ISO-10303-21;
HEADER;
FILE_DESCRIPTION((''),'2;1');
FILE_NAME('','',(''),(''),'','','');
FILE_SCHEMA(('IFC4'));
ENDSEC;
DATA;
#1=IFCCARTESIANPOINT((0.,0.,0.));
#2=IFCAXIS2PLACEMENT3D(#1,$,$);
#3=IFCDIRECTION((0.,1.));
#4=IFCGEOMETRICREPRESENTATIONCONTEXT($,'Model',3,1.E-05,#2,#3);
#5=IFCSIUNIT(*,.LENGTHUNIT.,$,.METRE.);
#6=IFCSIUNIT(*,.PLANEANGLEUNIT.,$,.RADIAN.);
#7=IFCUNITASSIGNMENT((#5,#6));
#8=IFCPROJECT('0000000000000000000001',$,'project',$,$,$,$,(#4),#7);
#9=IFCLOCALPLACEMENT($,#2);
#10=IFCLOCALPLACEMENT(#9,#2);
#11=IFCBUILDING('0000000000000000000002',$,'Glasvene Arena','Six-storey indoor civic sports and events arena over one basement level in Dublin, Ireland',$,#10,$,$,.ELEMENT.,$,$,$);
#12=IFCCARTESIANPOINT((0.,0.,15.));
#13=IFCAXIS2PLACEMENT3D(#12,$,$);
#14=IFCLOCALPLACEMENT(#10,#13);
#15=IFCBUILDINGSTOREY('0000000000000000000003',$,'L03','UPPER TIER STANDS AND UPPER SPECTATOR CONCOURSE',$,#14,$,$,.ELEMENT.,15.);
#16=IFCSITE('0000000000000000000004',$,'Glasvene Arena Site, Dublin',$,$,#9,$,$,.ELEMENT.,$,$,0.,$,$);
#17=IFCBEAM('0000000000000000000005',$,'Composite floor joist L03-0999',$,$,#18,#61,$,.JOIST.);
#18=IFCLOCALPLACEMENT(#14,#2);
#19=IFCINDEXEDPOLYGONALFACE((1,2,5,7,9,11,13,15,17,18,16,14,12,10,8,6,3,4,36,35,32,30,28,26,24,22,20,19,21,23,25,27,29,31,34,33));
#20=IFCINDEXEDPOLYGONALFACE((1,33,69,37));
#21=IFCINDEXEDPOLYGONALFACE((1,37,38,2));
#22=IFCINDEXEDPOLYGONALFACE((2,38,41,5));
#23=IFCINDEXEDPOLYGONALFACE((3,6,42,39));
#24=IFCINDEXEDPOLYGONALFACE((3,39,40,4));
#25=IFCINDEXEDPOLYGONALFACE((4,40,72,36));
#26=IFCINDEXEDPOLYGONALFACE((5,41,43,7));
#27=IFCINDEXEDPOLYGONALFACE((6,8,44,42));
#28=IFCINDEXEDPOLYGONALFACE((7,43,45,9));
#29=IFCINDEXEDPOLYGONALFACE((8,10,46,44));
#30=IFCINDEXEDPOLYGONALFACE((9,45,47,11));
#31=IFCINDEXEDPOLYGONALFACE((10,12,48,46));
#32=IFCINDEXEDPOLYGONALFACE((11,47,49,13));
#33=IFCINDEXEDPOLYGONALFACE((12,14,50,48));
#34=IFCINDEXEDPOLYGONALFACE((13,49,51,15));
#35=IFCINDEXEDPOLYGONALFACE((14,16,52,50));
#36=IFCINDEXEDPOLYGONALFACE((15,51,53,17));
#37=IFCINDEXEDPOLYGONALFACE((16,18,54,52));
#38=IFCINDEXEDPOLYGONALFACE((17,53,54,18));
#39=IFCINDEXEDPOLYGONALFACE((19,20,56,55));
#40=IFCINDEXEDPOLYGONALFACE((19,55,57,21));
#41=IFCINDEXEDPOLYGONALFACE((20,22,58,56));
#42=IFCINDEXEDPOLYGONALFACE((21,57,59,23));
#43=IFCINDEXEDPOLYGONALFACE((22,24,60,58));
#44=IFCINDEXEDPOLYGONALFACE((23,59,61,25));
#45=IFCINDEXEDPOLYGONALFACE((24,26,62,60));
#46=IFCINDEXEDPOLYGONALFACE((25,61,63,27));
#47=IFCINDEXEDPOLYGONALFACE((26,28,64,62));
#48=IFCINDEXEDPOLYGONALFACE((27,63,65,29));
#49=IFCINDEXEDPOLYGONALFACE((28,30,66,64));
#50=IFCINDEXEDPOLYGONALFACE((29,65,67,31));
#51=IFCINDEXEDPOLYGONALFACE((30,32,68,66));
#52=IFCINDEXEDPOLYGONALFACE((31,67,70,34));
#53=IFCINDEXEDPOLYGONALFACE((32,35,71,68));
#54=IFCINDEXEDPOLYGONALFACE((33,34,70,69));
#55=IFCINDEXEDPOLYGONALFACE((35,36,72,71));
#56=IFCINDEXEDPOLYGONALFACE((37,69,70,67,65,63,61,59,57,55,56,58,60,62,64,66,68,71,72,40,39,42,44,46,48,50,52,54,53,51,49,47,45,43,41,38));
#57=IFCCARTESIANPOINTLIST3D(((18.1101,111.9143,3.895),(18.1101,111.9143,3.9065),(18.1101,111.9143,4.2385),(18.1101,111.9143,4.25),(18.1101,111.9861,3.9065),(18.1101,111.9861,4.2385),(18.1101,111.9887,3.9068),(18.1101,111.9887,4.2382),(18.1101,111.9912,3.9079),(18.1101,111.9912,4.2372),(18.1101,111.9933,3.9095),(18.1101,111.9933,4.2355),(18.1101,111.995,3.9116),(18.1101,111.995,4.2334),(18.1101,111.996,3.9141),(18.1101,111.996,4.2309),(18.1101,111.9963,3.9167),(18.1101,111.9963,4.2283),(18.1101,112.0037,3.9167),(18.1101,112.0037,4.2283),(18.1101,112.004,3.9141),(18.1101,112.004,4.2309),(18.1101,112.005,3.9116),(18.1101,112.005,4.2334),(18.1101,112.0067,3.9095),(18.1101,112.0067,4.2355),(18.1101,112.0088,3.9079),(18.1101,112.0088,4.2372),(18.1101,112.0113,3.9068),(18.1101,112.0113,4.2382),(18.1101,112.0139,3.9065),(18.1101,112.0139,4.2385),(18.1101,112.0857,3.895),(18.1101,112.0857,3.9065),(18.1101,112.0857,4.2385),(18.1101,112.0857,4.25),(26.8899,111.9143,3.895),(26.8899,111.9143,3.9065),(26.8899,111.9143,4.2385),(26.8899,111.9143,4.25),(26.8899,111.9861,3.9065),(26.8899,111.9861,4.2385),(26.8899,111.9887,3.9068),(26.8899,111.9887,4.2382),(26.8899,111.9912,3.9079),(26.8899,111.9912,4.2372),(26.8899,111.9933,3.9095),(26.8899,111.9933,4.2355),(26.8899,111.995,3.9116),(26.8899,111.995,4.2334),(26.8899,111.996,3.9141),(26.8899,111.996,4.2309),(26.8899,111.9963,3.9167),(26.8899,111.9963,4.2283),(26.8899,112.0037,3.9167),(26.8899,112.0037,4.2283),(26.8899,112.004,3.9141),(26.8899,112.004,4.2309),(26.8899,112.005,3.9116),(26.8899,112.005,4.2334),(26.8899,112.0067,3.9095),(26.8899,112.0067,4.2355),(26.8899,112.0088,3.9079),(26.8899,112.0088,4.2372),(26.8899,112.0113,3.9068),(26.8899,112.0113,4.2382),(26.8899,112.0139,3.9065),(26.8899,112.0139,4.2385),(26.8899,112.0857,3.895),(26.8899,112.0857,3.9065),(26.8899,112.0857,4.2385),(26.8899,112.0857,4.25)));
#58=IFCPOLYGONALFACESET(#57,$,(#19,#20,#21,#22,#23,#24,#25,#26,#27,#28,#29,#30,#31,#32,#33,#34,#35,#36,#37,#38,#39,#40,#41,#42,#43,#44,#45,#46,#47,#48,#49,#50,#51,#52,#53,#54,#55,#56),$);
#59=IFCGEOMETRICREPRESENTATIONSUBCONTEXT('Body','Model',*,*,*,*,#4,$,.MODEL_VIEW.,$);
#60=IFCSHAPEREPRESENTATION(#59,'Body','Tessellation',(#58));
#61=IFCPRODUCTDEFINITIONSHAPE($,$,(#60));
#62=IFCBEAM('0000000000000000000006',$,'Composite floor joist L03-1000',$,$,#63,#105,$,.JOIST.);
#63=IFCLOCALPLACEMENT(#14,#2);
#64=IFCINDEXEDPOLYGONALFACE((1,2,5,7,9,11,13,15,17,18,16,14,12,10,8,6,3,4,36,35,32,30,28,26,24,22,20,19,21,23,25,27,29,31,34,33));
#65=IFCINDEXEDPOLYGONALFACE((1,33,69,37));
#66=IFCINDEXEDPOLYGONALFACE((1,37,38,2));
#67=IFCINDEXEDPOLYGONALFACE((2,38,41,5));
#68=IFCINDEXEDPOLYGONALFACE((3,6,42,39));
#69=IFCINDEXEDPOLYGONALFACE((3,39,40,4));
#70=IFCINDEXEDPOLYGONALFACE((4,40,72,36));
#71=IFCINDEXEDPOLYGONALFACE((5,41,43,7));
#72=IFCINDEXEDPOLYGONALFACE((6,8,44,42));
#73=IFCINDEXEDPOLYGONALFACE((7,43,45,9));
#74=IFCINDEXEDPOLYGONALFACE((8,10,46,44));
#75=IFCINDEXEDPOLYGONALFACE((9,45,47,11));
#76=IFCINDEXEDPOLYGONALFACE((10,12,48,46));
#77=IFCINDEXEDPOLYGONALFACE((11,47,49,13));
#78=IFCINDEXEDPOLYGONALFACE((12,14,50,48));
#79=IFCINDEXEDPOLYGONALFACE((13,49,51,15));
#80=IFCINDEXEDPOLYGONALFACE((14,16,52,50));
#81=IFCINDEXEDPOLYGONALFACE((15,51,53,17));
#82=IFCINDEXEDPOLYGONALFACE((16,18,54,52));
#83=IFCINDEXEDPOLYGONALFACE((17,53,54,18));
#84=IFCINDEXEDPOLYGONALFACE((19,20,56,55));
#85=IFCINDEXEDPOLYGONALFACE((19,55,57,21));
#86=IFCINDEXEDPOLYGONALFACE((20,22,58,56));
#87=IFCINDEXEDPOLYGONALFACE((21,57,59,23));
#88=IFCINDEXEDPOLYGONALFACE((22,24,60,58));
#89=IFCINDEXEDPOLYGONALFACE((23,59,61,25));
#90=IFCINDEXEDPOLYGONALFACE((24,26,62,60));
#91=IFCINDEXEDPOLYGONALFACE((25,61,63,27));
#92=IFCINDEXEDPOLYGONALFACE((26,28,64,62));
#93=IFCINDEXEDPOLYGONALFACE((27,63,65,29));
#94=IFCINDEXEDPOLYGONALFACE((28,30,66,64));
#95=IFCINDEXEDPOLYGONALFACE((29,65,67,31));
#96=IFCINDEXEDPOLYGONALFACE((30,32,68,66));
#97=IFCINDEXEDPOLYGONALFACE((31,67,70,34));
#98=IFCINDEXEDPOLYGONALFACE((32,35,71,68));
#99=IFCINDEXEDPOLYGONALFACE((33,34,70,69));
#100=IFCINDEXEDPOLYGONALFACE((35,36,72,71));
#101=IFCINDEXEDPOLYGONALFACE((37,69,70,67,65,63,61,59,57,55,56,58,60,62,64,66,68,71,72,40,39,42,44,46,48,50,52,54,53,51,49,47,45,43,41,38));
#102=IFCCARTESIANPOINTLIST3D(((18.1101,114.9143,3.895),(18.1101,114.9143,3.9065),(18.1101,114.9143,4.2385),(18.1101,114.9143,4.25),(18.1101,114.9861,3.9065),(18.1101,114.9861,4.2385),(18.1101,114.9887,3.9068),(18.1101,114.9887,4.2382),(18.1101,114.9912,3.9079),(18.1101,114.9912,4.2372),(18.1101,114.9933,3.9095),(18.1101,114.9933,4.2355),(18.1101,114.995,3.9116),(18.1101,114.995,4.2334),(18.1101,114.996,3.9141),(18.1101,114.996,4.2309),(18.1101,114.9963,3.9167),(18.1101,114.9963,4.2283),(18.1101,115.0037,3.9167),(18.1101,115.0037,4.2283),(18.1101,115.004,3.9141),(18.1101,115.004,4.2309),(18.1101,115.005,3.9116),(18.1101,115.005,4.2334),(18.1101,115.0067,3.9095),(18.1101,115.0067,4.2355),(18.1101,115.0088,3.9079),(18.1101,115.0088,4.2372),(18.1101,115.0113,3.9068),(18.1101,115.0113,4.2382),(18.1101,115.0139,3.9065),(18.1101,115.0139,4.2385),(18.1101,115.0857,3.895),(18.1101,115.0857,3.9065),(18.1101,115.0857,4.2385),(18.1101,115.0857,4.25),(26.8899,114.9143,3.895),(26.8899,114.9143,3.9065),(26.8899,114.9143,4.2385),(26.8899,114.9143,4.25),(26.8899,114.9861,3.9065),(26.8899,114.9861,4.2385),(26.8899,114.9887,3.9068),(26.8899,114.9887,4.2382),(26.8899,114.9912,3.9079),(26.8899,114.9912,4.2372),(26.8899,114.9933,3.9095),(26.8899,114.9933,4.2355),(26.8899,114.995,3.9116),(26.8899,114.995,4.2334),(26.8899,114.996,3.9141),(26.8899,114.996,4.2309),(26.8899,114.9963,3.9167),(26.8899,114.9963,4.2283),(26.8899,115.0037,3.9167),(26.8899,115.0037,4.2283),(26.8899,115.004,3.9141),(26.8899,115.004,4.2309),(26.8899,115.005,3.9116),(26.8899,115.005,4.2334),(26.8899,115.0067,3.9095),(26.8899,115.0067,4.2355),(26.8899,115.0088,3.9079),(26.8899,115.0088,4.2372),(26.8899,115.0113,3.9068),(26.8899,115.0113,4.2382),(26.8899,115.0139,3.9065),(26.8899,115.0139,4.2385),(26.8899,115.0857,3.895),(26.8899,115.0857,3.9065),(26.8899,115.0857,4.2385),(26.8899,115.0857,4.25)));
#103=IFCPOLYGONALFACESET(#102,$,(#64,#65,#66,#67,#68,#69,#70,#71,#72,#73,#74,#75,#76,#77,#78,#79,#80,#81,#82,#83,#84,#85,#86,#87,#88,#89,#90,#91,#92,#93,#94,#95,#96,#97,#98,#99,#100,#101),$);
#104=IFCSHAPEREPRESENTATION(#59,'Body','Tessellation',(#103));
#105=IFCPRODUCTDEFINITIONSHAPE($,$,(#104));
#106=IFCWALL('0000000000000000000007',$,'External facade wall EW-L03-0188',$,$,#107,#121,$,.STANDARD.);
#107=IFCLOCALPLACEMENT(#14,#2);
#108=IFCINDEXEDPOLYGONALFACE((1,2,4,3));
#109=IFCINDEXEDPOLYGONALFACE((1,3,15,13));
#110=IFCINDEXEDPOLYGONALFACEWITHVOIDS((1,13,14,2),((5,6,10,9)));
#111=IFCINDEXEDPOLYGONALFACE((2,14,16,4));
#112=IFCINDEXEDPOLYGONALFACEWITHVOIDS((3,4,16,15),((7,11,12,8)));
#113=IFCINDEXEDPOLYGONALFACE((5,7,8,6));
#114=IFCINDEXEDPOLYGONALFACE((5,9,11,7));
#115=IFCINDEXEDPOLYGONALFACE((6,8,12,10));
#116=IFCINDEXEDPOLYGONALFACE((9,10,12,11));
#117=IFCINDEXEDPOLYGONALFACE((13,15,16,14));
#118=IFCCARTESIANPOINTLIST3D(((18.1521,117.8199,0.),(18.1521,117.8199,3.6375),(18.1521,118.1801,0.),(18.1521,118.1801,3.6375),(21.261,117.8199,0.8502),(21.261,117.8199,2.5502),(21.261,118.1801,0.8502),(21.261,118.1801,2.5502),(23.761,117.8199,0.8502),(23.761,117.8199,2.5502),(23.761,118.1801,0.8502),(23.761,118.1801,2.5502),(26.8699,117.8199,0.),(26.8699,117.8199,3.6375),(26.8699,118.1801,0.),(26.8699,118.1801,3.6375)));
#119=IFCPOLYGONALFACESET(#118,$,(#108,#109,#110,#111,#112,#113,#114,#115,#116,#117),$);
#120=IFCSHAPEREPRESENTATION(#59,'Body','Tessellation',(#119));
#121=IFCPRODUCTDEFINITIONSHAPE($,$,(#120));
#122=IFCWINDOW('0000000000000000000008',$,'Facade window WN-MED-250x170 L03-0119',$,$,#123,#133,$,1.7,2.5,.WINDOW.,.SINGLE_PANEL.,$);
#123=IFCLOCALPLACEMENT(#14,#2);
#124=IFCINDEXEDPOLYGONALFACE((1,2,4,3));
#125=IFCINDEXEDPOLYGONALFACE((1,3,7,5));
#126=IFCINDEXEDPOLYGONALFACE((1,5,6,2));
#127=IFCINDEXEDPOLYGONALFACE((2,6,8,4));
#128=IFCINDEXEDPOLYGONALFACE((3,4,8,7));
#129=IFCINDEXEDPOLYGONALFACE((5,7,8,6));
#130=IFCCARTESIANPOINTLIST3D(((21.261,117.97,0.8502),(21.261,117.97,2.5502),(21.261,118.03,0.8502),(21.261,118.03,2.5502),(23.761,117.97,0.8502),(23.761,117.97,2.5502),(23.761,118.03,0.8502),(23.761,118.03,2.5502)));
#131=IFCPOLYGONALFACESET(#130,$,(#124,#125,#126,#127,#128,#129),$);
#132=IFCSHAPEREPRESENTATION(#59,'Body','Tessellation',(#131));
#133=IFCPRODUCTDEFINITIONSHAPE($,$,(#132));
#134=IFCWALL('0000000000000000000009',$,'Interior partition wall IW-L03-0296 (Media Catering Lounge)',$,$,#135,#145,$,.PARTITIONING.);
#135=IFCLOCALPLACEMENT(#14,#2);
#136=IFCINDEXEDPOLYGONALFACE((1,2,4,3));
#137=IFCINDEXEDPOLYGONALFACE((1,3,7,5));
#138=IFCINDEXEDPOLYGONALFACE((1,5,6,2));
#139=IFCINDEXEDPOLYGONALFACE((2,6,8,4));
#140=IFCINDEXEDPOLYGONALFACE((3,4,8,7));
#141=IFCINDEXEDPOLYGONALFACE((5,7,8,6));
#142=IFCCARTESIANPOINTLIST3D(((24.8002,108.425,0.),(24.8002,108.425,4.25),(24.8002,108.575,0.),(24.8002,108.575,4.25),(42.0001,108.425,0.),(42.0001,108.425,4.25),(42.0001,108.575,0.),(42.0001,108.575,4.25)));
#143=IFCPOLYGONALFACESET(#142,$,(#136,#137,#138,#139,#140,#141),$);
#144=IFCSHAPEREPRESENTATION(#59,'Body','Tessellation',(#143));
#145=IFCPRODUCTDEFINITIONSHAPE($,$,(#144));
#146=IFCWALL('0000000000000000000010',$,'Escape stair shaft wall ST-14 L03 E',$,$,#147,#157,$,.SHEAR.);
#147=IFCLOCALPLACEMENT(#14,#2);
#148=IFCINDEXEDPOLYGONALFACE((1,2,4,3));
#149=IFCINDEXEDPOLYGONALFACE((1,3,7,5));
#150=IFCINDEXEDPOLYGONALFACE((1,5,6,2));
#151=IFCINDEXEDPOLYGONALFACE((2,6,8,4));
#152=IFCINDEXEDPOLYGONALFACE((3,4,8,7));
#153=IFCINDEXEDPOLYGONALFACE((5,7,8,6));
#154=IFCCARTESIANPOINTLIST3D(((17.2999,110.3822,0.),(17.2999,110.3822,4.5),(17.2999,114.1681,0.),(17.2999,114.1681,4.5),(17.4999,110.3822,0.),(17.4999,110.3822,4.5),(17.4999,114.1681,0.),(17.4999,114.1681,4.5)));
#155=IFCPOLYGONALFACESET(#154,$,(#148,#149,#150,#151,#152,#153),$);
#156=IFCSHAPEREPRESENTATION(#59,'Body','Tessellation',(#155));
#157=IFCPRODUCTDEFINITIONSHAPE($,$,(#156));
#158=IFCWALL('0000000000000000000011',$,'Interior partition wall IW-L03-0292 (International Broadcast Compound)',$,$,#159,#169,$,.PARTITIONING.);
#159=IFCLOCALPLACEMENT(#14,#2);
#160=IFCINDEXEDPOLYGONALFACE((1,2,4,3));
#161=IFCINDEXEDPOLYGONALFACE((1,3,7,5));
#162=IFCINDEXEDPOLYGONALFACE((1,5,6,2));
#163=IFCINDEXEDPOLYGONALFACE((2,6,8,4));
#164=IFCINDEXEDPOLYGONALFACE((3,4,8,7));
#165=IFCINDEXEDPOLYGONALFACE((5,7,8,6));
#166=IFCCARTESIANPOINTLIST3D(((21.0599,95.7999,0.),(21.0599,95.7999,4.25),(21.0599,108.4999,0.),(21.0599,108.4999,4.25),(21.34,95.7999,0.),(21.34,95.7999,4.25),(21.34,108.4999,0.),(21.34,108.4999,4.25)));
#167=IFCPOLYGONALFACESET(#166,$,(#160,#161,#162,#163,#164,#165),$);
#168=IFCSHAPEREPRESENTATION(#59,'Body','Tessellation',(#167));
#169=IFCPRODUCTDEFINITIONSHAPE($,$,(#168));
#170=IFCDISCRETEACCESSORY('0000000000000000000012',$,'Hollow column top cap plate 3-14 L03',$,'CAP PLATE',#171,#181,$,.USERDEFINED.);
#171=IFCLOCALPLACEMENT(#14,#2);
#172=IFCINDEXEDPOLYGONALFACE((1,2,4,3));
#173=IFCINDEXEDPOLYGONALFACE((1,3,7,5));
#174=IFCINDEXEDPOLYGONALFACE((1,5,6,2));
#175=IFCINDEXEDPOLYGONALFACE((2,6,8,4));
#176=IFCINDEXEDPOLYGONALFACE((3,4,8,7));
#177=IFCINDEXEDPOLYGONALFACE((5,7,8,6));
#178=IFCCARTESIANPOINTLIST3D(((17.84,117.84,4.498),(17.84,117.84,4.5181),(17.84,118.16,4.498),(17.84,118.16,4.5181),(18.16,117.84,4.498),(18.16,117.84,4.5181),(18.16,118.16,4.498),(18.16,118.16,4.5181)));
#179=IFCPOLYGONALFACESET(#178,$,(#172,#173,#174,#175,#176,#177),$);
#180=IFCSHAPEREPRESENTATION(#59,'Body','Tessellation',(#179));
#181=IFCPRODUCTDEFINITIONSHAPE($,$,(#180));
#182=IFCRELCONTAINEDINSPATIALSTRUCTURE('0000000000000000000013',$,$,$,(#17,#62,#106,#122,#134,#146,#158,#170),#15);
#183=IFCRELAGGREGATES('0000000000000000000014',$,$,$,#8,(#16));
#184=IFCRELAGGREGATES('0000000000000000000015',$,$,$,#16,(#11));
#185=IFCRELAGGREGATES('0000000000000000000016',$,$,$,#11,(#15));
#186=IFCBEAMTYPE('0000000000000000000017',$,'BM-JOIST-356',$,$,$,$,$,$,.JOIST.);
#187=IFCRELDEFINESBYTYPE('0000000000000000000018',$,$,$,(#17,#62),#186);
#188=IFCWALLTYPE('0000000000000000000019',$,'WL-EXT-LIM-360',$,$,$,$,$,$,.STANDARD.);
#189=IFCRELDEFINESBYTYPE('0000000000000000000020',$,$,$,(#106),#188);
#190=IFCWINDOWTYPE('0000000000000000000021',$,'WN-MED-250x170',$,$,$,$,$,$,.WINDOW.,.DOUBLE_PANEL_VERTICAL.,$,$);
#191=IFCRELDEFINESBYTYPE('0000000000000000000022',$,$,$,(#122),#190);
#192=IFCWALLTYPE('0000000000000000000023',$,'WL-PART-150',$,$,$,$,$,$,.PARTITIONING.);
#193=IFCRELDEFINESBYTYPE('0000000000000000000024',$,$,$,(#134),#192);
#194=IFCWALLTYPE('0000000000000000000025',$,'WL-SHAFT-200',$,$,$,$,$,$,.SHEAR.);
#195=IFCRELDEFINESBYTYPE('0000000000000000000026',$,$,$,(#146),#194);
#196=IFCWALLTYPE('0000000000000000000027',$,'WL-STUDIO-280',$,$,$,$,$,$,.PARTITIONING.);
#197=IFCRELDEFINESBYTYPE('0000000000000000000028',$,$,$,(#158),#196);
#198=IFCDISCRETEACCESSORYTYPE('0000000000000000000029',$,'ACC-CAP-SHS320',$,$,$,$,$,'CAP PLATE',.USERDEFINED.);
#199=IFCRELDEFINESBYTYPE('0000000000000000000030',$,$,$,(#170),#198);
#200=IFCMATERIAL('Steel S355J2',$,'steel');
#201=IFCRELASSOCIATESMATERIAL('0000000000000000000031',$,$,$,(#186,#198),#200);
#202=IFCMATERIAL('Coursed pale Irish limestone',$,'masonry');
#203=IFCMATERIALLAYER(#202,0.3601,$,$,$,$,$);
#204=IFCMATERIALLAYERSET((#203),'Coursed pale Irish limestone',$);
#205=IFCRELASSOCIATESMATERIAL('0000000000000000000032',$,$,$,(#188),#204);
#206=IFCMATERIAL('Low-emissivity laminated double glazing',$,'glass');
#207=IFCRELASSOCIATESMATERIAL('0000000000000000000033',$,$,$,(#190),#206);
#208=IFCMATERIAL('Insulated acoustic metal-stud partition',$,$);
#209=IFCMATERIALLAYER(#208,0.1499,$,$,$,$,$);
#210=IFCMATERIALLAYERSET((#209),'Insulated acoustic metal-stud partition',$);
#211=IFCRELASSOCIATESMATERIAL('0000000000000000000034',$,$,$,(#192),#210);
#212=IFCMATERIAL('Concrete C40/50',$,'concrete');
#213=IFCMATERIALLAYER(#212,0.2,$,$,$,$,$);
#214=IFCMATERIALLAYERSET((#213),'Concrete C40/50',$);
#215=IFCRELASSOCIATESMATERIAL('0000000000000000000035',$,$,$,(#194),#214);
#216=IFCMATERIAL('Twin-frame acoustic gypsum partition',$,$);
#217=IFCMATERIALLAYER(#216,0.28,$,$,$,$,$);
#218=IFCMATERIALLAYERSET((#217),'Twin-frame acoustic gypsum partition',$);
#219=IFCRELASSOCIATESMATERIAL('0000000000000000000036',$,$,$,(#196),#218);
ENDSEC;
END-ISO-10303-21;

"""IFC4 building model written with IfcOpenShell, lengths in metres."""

from ifc_helpers import new_model, si_unit, direction, frame, frame_2d, origin, origin_2d, place, context, subcontext, project, spatial, rectangle, i_section, extrude, material, layer, layer_set, material_profile, profile_set, type_object, element, fill, save


model = new_model("IFC4")

# Units and contexts
model_context = context("Model", 3, precision=1e-05, world=origin(), true_north=direction((0.0, 1.0)))
body_context = subcontext(model_context, "Body", "Model", "MODEL_VIEW")
ifc_project = project(units=[si_unit("LENGTHUNIT", "METRE"), si_unit("PLANEANGLEUNIT", "RADIAN")], contexts=[model_context])

# Site, building, storey
site_placement = place(None, origin())
site = spatial("IfcSite", under=ifc_project, at=site_placement, Name="Glasvene Arena Site, Dublin", CompositionType="ELEMENT", RefElevation=0.0)
building_placement = place(site_placement, origin())
building = spatial("IfcBuilding", under=site, at=building_placement, Name="Glasvene Arena", Description="Six-storey indoor civic sports and events arena over one basement level in Dublin, Ireland", CompositionType="ELEMENT")
storey_placement = place(building_placement, frame((0.0, 0.0, 15.0)))
storey = spatial("IfcBuildingStorey", under=building, at=storey_placement, Name="L03", Description="UPPER TIER STANDS AND UPPER SPECTATOR CONCOURSE", CompositionType="ELEMENT", Elevation=15.0)

# Shared definitions
ifc_material_1 = material(Name="Steel S355J2", Category="steel")

# Beams
ifc_material_profile_1 = material_profile(ifc_material_1, i_section(OverallWidth=0.1714, OverallDepth=0.355, WebThickness=0.0073, FlangeThickness=0.0115, FilletRadius=0.0103, at=origin_2d()), Name="UKB 356x171x51")
ifc_profile_set_1 = profile_set([ifc_material_profile_1], Name="Steel S355J2")
beam_type_1 = type_object("IfcBeamType", Name="BM-JOIST-356", PredefinedType="JOIST", material=ifc_profile_set_1)
for number, where, z_axis, x_axis, name in (
    (1, (18.1101, 112.0, 4.0725), (1.0, 0.0, 0.0), (0.0, 1.0, 0.0), "Composite floor joist L03-0999"),
    (2, (18.1101, 115.0, 4.0725), (1.0, 0.0, 0.0), (0.0, 1.0, 0.0), "Composite floor joist L03-1000"),
):
    element("IfcBeam", number, at=place(storey_placement, frame(where, z_axis=z_axis, x_axis=x_axis)), inside=storey, type_object=beam_type_1, Name=name, PredefinedType="JOIST", context=body_context, shape_type="SweptSolid", body=[
        extrude(i_section(OverallWidth=0.1714, OverallDepth=0.355, WebThickness=0.0073, FlangeThickness=0.0115, FilletRadius=0.0103, at=origin_2d()), origin(), (0.0, 0.0, 1.0), 8.7798),
    ])

# Shared definitions
ifc_material_2 = material(Name="Concrete C40/50", Category="concrete")

# Wall, opening, window
ifc_material_3 = material(Name="Coursed pale Irish limestone", Category="masonry")
ifc_layer_1 = layer(ifc_material_3, 0.3601)
ifc_layer_set_1 = layer_set([ifc_layer_1], Name="Coursed pale Irish limestone")
wall_type_1 = type_object("IfcWallType", Name="WL-EXT-LIM-360", PredefinedType="STANDARD", material=ifc_layer_set_1)
wall_1_placement = place(storey_placement, frame((18.1521, 118.0, 0.0), z_axis=(0.0, 0.0, 1.0), x_axis=(1.0, 0.0, 0.0)))
wall_1 = element("IfcWall", 3, at=wall_1_placement, inside=storey, type_object=wall_type_1, Name="External facade wall EW-L03-0188", PredefinedType="STANDARD", context=body_context, shape_type="SweptSolid", body=[
    extrude(rectangle(XDim=8.7178, YDim=0.3601, at=frame_2d((4.3589, 0.0))), origin(), (0.0, 0.0, 1.0), 3.6375),
])
opening_placement = place(wall_1_placement, frame((3.1089, 0.0, 0.8501)))
opening = element("IfcOpeningElement", 4, at=opening_placement, cuts=wall_1, PredefinedType="OPENING", context=body_context, shape_type="SweptSolid", body=[
    extrude(rectangle(XDim=2.5, YDim=1.7, at=frame_2d((1.25, 0.8501))), frame((0.0, 0.1899, 0.0), z_axis=(0.0, -1.0, 0.0), x_axis=(1.0, 0.0, 0.0)), (0.0, 0.0, 1.0), 0.3801),
])
ifc_material_4 = material(Name="Low-emissivity laminated double glazing", Category="glass")
window_type = type_object("IfcWindowType", Name="WN-MED-250x170", PartitioningType="DOUBLE_PANEL_VERTICAL", PredefinedType="WINDOW", material=ifc_material_4)
window_placement = place(opening_placement, origin())
window = element("IfcWindow", 5, at=window_placement, inside=storey, type_object=window_type, Name="Facade window WN-MED-250x170 L03-0119", OverallHeight=1.7, OverallWidth=2.5, PartitioningType="SINGLE_PANEL", PredefinedType="WINDOW", context=body_context, shape_type="SweptSolid", body=[
    extrude(rectangle(XDim=2.5, YDim=1.7, at=frame_2d((1.25, 0.8501))), frame((0.0, 0.03, 0.0), z_axis=(0.0, -1.0, 0.0), x_axis=(1.0, 0.0, 0.0)), (0.0, 0.0, 1.0), 0.0601),
])
fill(opening, window)

# Walls
ifc_material_5 = material(Name="Insulated acoustic metal-stud partition")
ifc_layer_2 = layer(ifc_material_5, 0.1499)
ifc_layer_set_2 = layer_set([ifc_layer_2], Name="Insulated acoustic metal-stud partition")
wall_type_2 = type_object("IfcWallType", Name="WL-PART-150", PredefinedType="PARTITIONING", material=ifc_layer_set_2)
wall_2_placement = place(storey_placement, frame((24.8, 108.5, 0.0), z_axis=(0.0, 0.0, 1.0), x_axis=(1.0, 0.0, 0.0)))
element("IfcWall", 6, at=wall_2_placement, inside=storey, type_object=wall_type_2, Name="Interior partition wall IW-L03-0296 (Media Catering Lounge)", PredefinedType="PARTITIONING", context=body_context, shape_type="SweptSolid", body=[
    extrude(rectangle(XDim=17.2, YDim=0.1499, at=frame_2d((8.6001, 0.0))), origin(), (0.0, 0.0, 1.0), 4.25),
])
ifc_layer_3 = layer(ifc_material_2, 0.2)
ifc_layer_set_3 = layer_set([ifc_layer_3], Name="Concrete C40/50")
wall_type_3 = type_object("IfcWallType", Name="WL-SHAFT-200", PredefinedType="SHEAR", material=ifc_layer_set_3)
wall_3_placement = place(storey_placement, frame((17.3999, 110.3821, 0.0), z_axis=(0.0, 0.0, 1.0), x_axis=(0.0, 1.0, 0.0)))
element("IfcWall", 7, at=wall_3_placement, inside=storey, type_object=wall_type_3, Name="Escape stair shaft wall ST-14 L03 E", PredefinedType="SHEAR", context=body_context, shape_type="SweptSolid", body=[
    extrude(rectangle(XDim=3.7859, YDim=0.2, at=frame_2d((1.8931, 0.0))), origin(), (0.0, 0.0, 1.0), 4.5),
])
ifc_material_6 = material(Name="Twin-frame acoustic gypsum partition")
ifc_layer_4 = layer(ifc_material_6, 0.28)
ifc_layer_set_4 = layer_set([ifc_layer_4], Name="Twin-frame acoustic gypsum partition")
wall_type_4 = type_object("IfcWallType", Name="WL-STUDIO-280", PredefinedType="PARTITIONING", material=ifc_layer_set_4)
wall_4_placement = place(storey_placement, frame((21.2, 108.5, 0.0), z_axis=(0.0, 0.0, 1.0), x_axis=(0.0, -1.0, 0.0)))
element("IfcWall", 8, at=wall_4_placement, inside=storey, type_object=wall_type_4, Name="Interior partition wall IW-L03-0292 (International Broadcast Compound)", PredefinedType="PARTITIONING", context=body_context, shape_type="SweptSolid", body=[
    extrude(rectangle(XDim=12.7, YDim=0.28, at=frame_2d((6.3501, 0.0))), origin(), (0.0, 0.0, 1.0), 4.25),
])

# Discrete accessory
discrete_accessory_type = type_object("IfcDiscreteAccessoryType", Name="ACC-CAP-SHS320", ElementType="CAP PLATE", PredefinedType="USERDEFINED", material=ifc_material_1)
for number, where, z_axis, x_axis, name in (
    (9, (18.0, 118.0, 4.498), (0.0, 0.0, 1.0), (1.0, 0.0, 0.0), "Hollow column top cap plate 3-14 L03"),
):
    element("IfcDiscreteAccessory", number, at=place(storey_placement, frame(where, z_axis=z_axis, x_axis=x_axis)), inside=storey, type_object=discrete_accessory_type, Name=name, ObjectType="CAP PLATE", PredefinedType="USERDEFINED", context=body_context, shape_type="SweptSolid", body=[
        extrude(rectangle(XDim=0.3201, YDim=0.3201, at=origin_2d()), origin(), (0.0, 0.0, 1.0), 0.02),
    ])

save(model, "model.ifc")
